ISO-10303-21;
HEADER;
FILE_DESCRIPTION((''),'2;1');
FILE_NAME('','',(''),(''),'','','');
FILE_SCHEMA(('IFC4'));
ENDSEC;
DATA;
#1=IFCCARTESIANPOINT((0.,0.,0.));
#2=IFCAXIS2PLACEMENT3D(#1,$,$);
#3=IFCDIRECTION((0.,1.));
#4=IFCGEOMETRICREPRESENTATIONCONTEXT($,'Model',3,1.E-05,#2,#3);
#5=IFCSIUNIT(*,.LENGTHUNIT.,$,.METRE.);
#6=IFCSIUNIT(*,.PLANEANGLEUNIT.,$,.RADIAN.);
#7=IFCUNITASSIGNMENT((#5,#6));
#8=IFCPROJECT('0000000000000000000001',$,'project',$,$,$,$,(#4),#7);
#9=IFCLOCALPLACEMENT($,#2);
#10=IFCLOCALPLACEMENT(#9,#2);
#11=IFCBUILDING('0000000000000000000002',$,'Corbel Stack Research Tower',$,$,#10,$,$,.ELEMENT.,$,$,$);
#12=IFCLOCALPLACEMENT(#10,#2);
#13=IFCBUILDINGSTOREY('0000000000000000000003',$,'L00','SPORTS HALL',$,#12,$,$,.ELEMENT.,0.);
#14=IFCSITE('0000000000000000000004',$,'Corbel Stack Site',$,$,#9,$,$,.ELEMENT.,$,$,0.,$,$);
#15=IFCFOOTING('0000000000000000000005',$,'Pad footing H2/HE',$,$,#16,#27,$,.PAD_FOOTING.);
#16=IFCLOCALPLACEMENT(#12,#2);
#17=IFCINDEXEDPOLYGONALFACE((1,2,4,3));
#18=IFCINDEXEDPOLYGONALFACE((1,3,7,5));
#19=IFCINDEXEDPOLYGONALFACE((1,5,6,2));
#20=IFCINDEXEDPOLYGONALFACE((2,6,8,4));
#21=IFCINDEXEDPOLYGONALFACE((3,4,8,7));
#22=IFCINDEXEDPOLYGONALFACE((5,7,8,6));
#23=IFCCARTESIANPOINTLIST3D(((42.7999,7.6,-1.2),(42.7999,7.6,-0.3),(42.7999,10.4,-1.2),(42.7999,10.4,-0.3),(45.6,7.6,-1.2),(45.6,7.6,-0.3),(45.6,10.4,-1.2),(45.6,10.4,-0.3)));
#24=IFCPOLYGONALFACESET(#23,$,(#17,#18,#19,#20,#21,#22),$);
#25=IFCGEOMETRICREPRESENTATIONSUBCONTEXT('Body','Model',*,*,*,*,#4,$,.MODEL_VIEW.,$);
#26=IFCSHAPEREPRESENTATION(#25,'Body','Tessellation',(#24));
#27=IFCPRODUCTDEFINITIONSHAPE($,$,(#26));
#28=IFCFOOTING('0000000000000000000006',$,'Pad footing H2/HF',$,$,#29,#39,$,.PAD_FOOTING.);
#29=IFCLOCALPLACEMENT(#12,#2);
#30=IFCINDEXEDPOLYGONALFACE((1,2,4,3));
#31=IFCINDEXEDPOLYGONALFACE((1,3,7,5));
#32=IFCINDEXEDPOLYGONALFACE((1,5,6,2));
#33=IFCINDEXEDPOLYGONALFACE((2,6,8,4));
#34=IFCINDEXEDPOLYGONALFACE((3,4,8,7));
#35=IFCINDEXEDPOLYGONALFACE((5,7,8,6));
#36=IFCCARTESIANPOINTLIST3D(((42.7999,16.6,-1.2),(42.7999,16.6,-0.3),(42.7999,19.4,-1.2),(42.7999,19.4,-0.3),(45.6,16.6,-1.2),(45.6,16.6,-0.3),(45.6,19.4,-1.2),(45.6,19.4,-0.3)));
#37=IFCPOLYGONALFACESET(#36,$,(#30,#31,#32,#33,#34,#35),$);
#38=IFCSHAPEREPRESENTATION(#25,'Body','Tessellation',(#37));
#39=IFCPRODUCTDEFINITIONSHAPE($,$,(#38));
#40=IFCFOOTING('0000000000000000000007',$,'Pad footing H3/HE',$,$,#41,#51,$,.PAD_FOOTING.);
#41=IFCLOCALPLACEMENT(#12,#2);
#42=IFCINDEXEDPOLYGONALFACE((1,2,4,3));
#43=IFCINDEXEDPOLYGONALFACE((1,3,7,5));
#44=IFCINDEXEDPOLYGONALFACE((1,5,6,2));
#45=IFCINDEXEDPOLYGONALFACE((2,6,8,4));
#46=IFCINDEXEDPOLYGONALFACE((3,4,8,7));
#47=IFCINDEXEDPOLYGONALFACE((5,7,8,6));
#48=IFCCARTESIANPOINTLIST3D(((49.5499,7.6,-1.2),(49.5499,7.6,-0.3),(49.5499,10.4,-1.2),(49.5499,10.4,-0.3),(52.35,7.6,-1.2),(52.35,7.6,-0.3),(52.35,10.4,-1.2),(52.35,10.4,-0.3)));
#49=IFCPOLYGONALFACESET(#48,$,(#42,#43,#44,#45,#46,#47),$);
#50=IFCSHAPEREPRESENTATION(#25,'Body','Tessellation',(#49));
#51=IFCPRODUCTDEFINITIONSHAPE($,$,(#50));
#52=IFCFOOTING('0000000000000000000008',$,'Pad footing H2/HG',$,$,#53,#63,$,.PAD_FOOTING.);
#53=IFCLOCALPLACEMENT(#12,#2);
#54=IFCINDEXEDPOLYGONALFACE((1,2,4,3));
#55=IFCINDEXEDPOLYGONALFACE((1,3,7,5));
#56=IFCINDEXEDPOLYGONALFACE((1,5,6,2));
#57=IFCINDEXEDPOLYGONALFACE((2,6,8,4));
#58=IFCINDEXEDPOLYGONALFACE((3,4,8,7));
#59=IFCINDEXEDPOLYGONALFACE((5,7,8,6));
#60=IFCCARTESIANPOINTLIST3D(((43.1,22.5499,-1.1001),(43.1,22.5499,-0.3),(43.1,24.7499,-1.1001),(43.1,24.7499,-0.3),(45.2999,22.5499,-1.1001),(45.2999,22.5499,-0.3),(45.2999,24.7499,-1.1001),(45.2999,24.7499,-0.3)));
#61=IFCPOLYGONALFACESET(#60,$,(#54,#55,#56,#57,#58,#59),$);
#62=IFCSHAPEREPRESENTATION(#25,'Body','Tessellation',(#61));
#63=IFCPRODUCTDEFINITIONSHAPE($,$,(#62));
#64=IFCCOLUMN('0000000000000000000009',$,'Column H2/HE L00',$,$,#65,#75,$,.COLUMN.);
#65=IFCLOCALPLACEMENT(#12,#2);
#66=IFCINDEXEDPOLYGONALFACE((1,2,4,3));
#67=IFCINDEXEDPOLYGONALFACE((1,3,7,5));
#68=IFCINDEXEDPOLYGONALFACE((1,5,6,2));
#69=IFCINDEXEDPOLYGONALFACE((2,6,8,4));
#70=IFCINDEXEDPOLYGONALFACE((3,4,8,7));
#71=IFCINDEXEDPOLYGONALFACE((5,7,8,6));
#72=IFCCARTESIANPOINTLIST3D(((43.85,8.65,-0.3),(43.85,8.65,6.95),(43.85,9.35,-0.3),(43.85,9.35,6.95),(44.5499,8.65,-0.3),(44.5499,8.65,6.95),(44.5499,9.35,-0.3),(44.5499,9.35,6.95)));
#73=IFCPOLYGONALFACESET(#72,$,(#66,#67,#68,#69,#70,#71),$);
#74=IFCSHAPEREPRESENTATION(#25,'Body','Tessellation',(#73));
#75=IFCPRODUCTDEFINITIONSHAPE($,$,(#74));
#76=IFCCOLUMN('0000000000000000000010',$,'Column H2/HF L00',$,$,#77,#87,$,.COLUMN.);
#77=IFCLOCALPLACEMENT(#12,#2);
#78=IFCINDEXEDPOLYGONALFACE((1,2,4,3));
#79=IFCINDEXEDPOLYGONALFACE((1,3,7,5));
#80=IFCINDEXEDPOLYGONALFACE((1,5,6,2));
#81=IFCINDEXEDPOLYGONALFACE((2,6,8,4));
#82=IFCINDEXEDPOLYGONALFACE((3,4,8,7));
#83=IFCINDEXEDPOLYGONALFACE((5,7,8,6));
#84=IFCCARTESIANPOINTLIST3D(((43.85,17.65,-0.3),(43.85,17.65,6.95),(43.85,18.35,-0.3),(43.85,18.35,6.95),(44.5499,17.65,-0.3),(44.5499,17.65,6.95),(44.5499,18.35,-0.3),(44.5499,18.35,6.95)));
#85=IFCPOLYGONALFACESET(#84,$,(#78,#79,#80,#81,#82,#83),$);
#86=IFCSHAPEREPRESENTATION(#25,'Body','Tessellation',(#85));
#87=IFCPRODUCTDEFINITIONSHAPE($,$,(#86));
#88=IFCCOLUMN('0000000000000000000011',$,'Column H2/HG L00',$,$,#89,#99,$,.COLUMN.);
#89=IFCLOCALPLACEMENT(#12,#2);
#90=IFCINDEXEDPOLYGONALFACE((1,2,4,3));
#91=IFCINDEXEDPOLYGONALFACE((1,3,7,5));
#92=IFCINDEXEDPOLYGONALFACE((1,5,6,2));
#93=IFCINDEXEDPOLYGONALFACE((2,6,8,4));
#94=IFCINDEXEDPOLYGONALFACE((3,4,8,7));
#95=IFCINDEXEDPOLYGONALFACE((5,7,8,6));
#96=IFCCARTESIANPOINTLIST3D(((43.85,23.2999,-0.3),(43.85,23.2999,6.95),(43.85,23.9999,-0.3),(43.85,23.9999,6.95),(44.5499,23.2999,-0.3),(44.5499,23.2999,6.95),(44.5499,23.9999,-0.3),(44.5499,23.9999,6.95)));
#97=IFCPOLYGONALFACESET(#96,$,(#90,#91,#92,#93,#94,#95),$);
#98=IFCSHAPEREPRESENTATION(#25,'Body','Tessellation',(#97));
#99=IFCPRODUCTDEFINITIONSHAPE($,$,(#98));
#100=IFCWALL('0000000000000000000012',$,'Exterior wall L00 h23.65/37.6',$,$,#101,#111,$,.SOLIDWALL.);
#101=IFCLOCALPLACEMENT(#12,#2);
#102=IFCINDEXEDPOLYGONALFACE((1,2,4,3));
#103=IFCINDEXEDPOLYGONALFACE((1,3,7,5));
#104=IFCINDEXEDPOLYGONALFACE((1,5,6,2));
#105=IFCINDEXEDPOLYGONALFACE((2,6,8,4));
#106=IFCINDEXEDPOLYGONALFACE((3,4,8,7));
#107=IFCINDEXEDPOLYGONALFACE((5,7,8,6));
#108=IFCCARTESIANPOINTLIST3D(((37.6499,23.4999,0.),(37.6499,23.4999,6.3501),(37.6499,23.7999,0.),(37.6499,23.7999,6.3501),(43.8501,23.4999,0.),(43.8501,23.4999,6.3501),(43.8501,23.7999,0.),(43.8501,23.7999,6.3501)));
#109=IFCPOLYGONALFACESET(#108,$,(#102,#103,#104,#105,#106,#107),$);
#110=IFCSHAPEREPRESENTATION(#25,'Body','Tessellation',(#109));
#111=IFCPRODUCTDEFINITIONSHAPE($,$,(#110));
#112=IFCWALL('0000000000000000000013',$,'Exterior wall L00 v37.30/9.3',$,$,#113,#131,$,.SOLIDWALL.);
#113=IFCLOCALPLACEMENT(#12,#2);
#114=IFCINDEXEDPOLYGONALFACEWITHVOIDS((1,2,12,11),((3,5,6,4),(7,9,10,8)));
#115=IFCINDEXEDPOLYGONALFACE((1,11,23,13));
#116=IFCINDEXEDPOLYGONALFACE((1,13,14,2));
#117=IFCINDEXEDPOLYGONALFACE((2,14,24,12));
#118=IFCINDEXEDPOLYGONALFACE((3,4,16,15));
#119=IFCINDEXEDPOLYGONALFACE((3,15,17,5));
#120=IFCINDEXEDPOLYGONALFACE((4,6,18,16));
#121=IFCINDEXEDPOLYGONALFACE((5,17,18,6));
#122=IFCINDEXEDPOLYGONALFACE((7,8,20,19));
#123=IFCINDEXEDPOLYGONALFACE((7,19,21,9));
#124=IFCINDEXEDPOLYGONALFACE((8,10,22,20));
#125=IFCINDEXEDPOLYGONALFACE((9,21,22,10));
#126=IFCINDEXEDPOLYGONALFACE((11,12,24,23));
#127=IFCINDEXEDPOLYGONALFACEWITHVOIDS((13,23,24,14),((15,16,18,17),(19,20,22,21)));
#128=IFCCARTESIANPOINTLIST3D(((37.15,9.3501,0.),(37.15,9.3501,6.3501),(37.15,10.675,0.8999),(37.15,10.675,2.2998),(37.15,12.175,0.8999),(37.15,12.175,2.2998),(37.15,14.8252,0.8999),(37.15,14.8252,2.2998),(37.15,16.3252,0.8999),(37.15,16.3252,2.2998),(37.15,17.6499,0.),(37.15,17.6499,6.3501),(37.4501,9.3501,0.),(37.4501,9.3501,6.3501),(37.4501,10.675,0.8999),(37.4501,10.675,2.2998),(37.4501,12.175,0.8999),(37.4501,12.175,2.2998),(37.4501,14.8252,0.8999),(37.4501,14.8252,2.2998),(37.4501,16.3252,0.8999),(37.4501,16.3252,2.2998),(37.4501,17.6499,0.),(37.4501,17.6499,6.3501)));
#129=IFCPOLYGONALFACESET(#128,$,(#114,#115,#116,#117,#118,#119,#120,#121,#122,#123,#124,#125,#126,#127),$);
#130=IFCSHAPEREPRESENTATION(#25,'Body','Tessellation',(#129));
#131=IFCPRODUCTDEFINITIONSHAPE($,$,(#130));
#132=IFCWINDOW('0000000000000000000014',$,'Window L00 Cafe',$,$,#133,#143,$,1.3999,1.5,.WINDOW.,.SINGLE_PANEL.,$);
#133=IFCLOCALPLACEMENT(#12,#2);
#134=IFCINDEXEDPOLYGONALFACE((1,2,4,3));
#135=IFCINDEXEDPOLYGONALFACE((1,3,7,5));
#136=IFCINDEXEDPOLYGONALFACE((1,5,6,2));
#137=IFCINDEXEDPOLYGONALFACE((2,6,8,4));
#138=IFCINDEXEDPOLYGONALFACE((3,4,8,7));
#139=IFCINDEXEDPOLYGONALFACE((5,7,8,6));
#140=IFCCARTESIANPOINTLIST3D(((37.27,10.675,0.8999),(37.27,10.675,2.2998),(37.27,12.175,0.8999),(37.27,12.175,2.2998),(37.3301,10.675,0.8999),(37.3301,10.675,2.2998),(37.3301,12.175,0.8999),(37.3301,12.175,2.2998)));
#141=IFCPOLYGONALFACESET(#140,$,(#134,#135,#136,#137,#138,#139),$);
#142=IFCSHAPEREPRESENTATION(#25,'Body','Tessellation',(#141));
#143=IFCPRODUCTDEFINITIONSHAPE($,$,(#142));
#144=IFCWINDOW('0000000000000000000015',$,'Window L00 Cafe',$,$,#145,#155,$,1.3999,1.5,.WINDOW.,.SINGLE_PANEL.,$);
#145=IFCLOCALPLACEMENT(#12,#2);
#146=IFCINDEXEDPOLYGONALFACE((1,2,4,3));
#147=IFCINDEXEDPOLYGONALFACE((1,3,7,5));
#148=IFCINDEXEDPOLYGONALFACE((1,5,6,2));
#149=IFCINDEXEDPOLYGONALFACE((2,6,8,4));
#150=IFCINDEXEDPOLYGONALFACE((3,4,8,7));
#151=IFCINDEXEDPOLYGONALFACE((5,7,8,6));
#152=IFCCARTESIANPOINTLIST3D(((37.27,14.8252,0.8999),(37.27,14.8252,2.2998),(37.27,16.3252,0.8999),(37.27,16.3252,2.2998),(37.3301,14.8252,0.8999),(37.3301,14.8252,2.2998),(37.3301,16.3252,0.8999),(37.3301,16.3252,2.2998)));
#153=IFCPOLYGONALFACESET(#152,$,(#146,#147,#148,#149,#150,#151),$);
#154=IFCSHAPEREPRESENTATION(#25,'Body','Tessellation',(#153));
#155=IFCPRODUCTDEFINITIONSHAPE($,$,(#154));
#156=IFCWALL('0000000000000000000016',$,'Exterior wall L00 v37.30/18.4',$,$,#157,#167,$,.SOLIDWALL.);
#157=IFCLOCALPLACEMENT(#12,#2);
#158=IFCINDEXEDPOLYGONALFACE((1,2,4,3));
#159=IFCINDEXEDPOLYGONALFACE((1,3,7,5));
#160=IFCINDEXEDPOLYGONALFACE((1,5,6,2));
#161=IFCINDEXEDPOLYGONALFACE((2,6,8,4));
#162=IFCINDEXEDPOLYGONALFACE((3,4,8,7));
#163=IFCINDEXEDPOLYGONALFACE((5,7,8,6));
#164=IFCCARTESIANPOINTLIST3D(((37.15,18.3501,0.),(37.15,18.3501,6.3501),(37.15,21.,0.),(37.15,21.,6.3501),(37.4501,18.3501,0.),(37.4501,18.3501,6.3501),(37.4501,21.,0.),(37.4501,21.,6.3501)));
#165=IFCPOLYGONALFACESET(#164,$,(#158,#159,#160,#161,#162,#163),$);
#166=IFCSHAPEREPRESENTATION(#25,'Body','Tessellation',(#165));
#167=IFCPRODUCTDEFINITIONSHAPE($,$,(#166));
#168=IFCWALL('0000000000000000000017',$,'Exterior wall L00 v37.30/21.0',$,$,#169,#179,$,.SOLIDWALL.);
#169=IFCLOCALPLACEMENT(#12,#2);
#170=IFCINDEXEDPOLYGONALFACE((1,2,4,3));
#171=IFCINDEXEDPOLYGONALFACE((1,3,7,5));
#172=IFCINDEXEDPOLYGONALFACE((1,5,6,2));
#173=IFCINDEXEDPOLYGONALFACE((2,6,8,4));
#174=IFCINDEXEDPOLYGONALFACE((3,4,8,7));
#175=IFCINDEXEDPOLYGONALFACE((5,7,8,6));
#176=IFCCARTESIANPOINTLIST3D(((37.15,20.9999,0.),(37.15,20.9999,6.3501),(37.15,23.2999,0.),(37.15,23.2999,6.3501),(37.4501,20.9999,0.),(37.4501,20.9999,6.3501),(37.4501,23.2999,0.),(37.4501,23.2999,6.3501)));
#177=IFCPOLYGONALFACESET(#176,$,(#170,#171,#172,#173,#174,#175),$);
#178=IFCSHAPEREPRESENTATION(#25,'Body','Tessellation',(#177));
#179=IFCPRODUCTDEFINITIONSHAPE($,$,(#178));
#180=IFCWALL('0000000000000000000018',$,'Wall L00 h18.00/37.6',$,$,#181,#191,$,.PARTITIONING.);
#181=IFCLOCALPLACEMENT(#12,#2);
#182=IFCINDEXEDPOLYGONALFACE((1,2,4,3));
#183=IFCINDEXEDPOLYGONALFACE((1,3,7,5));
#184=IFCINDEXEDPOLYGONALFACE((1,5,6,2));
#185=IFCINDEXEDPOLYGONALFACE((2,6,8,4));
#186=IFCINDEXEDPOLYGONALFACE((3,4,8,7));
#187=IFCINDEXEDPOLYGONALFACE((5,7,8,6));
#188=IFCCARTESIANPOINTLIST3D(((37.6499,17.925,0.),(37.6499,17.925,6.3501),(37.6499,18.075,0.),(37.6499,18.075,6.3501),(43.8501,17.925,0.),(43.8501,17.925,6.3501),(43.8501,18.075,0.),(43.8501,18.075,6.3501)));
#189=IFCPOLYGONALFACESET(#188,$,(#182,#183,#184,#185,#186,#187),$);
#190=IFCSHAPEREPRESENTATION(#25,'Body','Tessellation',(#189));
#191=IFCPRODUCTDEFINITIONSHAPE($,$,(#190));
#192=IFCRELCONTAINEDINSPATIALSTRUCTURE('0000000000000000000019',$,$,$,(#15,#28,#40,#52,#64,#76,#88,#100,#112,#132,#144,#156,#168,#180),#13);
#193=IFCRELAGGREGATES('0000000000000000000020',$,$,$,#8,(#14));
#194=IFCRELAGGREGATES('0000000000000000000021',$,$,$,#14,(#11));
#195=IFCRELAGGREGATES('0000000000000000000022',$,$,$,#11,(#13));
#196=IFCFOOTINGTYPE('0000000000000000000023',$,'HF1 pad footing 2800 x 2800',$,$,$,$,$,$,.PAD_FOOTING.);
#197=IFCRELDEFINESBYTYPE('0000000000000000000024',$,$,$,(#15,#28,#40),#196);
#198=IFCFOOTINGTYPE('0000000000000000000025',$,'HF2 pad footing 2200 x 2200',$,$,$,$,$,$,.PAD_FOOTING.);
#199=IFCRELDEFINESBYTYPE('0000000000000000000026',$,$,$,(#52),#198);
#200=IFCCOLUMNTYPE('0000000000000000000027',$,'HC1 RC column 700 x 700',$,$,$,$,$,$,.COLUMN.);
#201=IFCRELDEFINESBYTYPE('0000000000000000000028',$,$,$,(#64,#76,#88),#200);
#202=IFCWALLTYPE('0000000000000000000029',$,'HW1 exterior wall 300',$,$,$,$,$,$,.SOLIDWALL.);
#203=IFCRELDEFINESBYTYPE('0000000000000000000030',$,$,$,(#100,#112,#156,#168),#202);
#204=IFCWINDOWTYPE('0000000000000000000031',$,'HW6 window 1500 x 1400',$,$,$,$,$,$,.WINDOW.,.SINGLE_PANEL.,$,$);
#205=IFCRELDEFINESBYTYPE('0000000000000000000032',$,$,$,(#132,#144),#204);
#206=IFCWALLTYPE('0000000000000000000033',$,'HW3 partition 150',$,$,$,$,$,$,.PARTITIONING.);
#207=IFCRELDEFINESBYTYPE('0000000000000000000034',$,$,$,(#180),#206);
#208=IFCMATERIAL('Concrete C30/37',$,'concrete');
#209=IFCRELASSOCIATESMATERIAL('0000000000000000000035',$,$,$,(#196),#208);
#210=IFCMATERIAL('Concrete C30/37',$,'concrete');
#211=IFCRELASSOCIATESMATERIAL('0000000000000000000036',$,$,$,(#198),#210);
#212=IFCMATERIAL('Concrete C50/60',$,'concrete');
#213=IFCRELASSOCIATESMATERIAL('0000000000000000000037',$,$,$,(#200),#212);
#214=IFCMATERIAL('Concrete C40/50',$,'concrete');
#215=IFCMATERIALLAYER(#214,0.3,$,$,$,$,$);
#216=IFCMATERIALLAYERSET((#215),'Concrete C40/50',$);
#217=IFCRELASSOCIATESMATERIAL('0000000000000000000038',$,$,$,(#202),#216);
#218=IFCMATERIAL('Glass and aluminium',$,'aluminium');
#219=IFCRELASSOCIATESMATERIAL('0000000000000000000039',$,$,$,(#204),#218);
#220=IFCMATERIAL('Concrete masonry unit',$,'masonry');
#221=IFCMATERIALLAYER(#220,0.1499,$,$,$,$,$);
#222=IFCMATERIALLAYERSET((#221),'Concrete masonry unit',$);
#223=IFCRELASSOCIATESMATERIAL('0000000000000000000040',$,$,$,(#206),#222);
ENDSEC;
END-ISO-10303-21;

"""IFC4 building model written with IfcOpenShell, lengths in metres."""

from ifc_helpers import new_model, si_unit, direction, frame, frame_2d, origin, origin_2d, place, context, subcontext, project, spatial, rectangle, extrude, material, layer, layer_set, material_profile, profile_set, type_object, element, fill, save


model = new_model("IFC4")

# Units and contexts
model_context = context("Model", 3, precision=1e-05, world=origin(), true_north=direction((0.0, 1.0)))
body_context = subcontext(model_context, "Body", "Model", "MODEL_VIEW")
ifc_project = project(units=[si_unit("LENGTHUNIT", "METRE"), si_unit("PLANEANGLEUNIT", "RADIAN")], contexts=[model_context])

# Site, building, storey
site_placement = place(None, origin())
site = spatial("IfcSite", under=ifc_project, at=site_placement, Name="Corbel Stack Site", CompositionType="ELEMENT", RefElevation=0.0)
building_placement = place(site_placement, origin())
building = spatial("IfcBuilding", under=site, at=building_placement, Name="Corbel Stack Research Tower", CompositionType="ELEMENT")
storey_placement = place(building_placement, origin())
storey = spatial("IfcBuildingStorey", under=building, at=storey_placement, Name="L00", Description="SPORTS HALL", CompositionType="ELEMENT", Elevation=0.0)

# Footings
ifc_material_1 = material(Name="Concrete C30/37", Category="concrete")
footing_type_1 = type_object("IfcFootingType", Name="HF1 pad footing 2800 x 2800", PredefinedType="PAD_FOOTING", material=ifc_material_1)
for number, where, z_axis, x_axis, name in (
    (1, (44.2, 9.0, -1.2), (0.0, 0.0, 1.0), (1.0, 0.0, 0.0), "Pad footing H2/HE"),
    (2, (44.2, 18.0, -1.2), (0.0, 0.0, 1.0), (1.0, 0.0, 0.0), "Pad footing H2/HF"),
    (3, (50.95, 9.0, -1.2), (0.0, 0.0, 1.0), (1.0, 0.0, 0.0), "Pad footing H3/HE"),
):
    element("IfcFooting", number, at=place(storey_placement, frame(where, z_axis=z_axis, x_axis=x_axis)), inside=storey, type_object=footing_type_1, Name=name, PredefinedType="PAD_FOOTING", context=body_context, shape_type="SweptSolid", body=[
        extrude(rectangle(XDim=2.8, YDim=2.8, at=origin_2d()), origin(), (0.0, 0.0, 1.0), 0.8999),
    ])
ifc_material_2 = material(Name="Concrete C30/37", Category="concrete")
footing_type_2 = type_object("IfcFootingType", Name="HF2 pad footing 2200 x 2200", PredefinedType="PAD_FOOTING", material=ifc_material_2)
footing_placement = place(storey_placement, frame((44.2, 23.6499, -1.1001), z_axis=(0.0, 0.0, 1.0), x_axis=(1.0, 0.0, 0.0)))
element("IfcFooting", 4, at=footing_placement, inside=storey, type_object=footing_type_2, Name="Pad footing H2/HG", PredefinedType="PAD_FOOTING", context=body_context, shape_type="SweptSolid", body=[
    extrude(rectangle(XDim=2.2, YDim=2.2, at=origin_2d()), origin(), (0.0, 0.0, 1.0), 0.8),
])

# Columns
ifc_material_3 = material(Name="Concrete C50/60", Category="concrete")
ifc_material_profile = material_profile(ifc_material_3, rectangle(XDim=0.7, YDim=0.7, at=origin_2d()), Name="RC 700 x 700")
ifc_profile_set = profile_set([ifc_material_profile], Name="Concrete C50/60")
column_type = type_object("IfcColumnType", Name="HC1 RC column 700 x 700", PredefinedType="COLUMN", material=ifc_profile_set)
for number, where, z_axis, x_axis, name in (
    (5, (44.2, 9.0, -0.3), (0.0, 0.0, 1.0), (1.0, 0.0, 0.0), "Column H2/HE L00"),
    (6, (44.2, 18.0, -0.3), (0.0, 0.0, 1.0), (1.0, 0.0, 0.0), "Column H2/HF L00"),
    (7, (44.2, 23.6499, -0.3), (0.0, 0.0, 1.0), (1.0, 0.0, 0.0), "Column H2/HG L00"),
):
    element("IfcColumn", number, at=place(storey_placement, frame(where, z_axis=z_axis, x_axis=x_axis)), inside=storey, type_object=column_type, Name=name, PredefinedType="COLUMN", context=body_context, shape_type="SweptSolid", body=[
        extrude(rectangle(XDim=0.7, YDim=0.7, at=origin_2d()), origin(), (0.0, 0.0, 1.0), 7.25),
    ])

# Wall
ifc_material_4 = material(Name="Concrete C40/50", Category="concrete")
ifc_layer_1 = layer(ifc_material_4, 0.3)
ifc_layer_set_1 = layer_set([ifc_layer_1], Name="Concrete C40/50")
wall_type_1 = type_object("IfcWallType", Name="HW1 exterior wall 300", PredefinedType="SOLIDWALL", material=ifc_layer_set_1)
wall_1_placement = place(storey_placement, frame((37.6499, 23.6499, 0.0), z_axis=(0.0, 0.0, 1.0), x_axis=(1.0, 0.0, 0.0)))
element("IfcWall", 8, at=wall_1_placement, inside=storey, type_object=wall_type_1, Name="Exterior wall L00 h23.65/37.6", PredefinedType="SOLIDWALL", context=body_context, shape_type="SweptSolid", body=[
    extrude(rectangle(XDim=6.2002, YDim=0.3, at=frame_2d((3.1001, 0.0))), origin(), (0.0, 0.0, 1.0), 6.3501),
])

# Wall, openings, windows
wall_2_placement = place(storey_placement, frame((37.3, 9.3501, 0.0), z_axis=(0.0, 0.0, 1.0), x_axis=(0.0, 1.0, 0.0)))
wall_2 = element("IfcWall", 9, at=wall_2_placement, inside=storey, type_object=wall_type_1, Name="Exterior wall L00 v37.30/9.3", PredefinedType="SOLIDWALL", context=body_context, shape_type="SweptSolid", body=[
    extrude(rectangle(XDim=8.2998, YDim=0.3, at=frame_2d((4.1499, 0.0))), origin(), (0.0, 0.0, 1.0), 6.3501),
])
opening_1_placement = place(wall_2_placement, frame((1.325, 0.0, 0.8999)))
opening_1 = element("IfcOpeningElement", 10, at=opening_1_placement, cuts=wall_2, PredefinedType="OPENING", context=body_context, shape_type="SweptSolid", body=[
    extrude(rectangle(XDim=1.5, YDim=1.3999, at=frame_2d((0.75, 0.7))), frame((0.0, 0.1599, 0.0), z_axis=(0.0, -1.0, 0.0), x_axis=(1.0, 0.0, 0.0)), (0.0, 0.0, 1.0), 0.3201),
])
opening_2_placement = place(wall_2_placement, frame((5.4751, 0.0, 0.8999)))
opening_2 = element("IfcOpeningElement", 11, at=opening_2_placement, cuts=wall_2, PredefinedType="OPENING", context=body_context, shape_type="SweptSolid", body=[
    extrude(rectangle(XDim=1.5, YDim=1.3999, at=frame_2d((0.75, 0.7))), frame((0.0, 0.1599, 0.0), z_axis=(0.0, -1.0, 0.0), x_axis=(1.0, 0.0, 0.0)), (0.0, 0.0, 1.0), 0.3201),
])
ifc_material_5 = material(Name="Glass and aluminium", Category="aluminium")
window_type = type_object("IfcWindowType", Name="HW6 window 1500 x 1400", PartitioningType="SINGLE_PANEL", PredefinedType="WINDOW", material=ifc_material_5)
window_1_placement = place(opening_1_placement, origin())
window_1 = element("IfcWindow", 12, at=window_1_placement, inside=storey, type_object=window_type, Name="Window L00 Cafe", OverallHeight=1.3999, OverallWidth=1.5, PartitioningType="SINGLE_PANEL", PredefinedType="WINDOW", context=body_context, shape_type="SweptSolid", body=[
    extrude(rectangle(XDim=1.5, YDim=1.3999, at=frame_2d((0.75, 0.7))), frame((0.0, 0.03, 0.0), z_axis=(0.0, -1.0, 0.0), x_axis=(1.0, 0.0, 0.0)), (0.0, 0.0, 1.0), 0.0601),
])
fill(opening_1, window_1)
window_2_placement = place(opening_2_placement, origin())
window_2 = element("IfcWindow", 13, at=window_2_placement, inside=storey, type_object=window_type, Name="Window L00 Cafe", OverallHeight=1.3999, OverallWidth=1.5, PartitioningType="SINGLE_PANEL", PredefinedType="WINDOW", context=body_context, shape_type="SweptSolid", body=[
    extrude(rectangle(XDim=1.5, YDim=1.3999, at=frame_2d((0.75, 0.7))), frame((0.0, 0.03, 0.0), z_axis=(0.0, -1.0, 0.0), x_axis=(1.0, 0.0, 0.0)), (0.0, 0.0, 1.0), 0.0601),
])
fill(opening_2, window_2)

# Walls
wall_3_placement = place(storey_placement, frame((37.3, 18.3501, 0.0), z_axis=(0.0, 0.0, 1.0), x_axis=(0.0, 1.0, 0.0)))
element("IfcWall", 14, at=wall_3_placement, inside=storey, type_object=wall_type_1, Name="Exterior wall L00 v37.30/18.4", PredefinedType="SOLIDWALL", context=body_context, shape_type="SweptSolid", body=[
    extrude(rectangle(XDim=2.6499, YDim=0.3, at=frame_2d((1.325, 0.0))), origin(), (0.0, 0.0, 1.0), 6.3501),
])
wall_4_placement = place(storey_placement, frame((37.3, 21.0, 0.0), z_axis=(0.0, 0.0, 1.0), x_axis=(0.0, 1.0, 0.0)))
element("IfcWall", 15, at=wall_4_placement, inside=storey, type_object=wall_type_1, Name="Exterior wall L00 v37.30/21.0", PredefinedType="SOLIDWALL", context=body_context, shape_type="SweptSolid", body=[
    extrude(rectangle(XDim=2.3, YDim=0.3, at=frame_2d((1.1499, 0.0))), origin(), (0.0, 0.0, 1.0), 6.3501),
])
ifc_material_6 = material(Name="Concrete masonry unit", Category="masonry")
ifc_layer_2 = layer(ifc_material_6, 0.1499)
ifc_layer_set_2 = layer_set([ifc_layer_2], Name="Concrete masonry unit")
wall_type_2 = type_object("IfcWallType", Name="HW3 partition 150", PredefinedType="PARTITIONING", material=ifc_layer_set_2)
wall_5_placement = place(storey_placement, frame((37.6499, 18.0, 0.0), z_axis=(0.0, 0.0, 1.0), x_axis=(1.0, 0.0, 0.0)))
element("IfcWall", 16, at=wall_5_placement, inside=storey, type_object=wall_type_2, Name="Wall L00 h18.00/37.6", PredefinedType="PARTITIONING", context=body_context, shape_type="SweptSolid", body=[
    extrude(rectangle(XDim=6.2002, YDim=0.1499, at=frame_2d((3.1001, 0.0))), origin(), (0.0, 0.0, 1.0), 6.3501),
])

save(model, "model.ifc")
